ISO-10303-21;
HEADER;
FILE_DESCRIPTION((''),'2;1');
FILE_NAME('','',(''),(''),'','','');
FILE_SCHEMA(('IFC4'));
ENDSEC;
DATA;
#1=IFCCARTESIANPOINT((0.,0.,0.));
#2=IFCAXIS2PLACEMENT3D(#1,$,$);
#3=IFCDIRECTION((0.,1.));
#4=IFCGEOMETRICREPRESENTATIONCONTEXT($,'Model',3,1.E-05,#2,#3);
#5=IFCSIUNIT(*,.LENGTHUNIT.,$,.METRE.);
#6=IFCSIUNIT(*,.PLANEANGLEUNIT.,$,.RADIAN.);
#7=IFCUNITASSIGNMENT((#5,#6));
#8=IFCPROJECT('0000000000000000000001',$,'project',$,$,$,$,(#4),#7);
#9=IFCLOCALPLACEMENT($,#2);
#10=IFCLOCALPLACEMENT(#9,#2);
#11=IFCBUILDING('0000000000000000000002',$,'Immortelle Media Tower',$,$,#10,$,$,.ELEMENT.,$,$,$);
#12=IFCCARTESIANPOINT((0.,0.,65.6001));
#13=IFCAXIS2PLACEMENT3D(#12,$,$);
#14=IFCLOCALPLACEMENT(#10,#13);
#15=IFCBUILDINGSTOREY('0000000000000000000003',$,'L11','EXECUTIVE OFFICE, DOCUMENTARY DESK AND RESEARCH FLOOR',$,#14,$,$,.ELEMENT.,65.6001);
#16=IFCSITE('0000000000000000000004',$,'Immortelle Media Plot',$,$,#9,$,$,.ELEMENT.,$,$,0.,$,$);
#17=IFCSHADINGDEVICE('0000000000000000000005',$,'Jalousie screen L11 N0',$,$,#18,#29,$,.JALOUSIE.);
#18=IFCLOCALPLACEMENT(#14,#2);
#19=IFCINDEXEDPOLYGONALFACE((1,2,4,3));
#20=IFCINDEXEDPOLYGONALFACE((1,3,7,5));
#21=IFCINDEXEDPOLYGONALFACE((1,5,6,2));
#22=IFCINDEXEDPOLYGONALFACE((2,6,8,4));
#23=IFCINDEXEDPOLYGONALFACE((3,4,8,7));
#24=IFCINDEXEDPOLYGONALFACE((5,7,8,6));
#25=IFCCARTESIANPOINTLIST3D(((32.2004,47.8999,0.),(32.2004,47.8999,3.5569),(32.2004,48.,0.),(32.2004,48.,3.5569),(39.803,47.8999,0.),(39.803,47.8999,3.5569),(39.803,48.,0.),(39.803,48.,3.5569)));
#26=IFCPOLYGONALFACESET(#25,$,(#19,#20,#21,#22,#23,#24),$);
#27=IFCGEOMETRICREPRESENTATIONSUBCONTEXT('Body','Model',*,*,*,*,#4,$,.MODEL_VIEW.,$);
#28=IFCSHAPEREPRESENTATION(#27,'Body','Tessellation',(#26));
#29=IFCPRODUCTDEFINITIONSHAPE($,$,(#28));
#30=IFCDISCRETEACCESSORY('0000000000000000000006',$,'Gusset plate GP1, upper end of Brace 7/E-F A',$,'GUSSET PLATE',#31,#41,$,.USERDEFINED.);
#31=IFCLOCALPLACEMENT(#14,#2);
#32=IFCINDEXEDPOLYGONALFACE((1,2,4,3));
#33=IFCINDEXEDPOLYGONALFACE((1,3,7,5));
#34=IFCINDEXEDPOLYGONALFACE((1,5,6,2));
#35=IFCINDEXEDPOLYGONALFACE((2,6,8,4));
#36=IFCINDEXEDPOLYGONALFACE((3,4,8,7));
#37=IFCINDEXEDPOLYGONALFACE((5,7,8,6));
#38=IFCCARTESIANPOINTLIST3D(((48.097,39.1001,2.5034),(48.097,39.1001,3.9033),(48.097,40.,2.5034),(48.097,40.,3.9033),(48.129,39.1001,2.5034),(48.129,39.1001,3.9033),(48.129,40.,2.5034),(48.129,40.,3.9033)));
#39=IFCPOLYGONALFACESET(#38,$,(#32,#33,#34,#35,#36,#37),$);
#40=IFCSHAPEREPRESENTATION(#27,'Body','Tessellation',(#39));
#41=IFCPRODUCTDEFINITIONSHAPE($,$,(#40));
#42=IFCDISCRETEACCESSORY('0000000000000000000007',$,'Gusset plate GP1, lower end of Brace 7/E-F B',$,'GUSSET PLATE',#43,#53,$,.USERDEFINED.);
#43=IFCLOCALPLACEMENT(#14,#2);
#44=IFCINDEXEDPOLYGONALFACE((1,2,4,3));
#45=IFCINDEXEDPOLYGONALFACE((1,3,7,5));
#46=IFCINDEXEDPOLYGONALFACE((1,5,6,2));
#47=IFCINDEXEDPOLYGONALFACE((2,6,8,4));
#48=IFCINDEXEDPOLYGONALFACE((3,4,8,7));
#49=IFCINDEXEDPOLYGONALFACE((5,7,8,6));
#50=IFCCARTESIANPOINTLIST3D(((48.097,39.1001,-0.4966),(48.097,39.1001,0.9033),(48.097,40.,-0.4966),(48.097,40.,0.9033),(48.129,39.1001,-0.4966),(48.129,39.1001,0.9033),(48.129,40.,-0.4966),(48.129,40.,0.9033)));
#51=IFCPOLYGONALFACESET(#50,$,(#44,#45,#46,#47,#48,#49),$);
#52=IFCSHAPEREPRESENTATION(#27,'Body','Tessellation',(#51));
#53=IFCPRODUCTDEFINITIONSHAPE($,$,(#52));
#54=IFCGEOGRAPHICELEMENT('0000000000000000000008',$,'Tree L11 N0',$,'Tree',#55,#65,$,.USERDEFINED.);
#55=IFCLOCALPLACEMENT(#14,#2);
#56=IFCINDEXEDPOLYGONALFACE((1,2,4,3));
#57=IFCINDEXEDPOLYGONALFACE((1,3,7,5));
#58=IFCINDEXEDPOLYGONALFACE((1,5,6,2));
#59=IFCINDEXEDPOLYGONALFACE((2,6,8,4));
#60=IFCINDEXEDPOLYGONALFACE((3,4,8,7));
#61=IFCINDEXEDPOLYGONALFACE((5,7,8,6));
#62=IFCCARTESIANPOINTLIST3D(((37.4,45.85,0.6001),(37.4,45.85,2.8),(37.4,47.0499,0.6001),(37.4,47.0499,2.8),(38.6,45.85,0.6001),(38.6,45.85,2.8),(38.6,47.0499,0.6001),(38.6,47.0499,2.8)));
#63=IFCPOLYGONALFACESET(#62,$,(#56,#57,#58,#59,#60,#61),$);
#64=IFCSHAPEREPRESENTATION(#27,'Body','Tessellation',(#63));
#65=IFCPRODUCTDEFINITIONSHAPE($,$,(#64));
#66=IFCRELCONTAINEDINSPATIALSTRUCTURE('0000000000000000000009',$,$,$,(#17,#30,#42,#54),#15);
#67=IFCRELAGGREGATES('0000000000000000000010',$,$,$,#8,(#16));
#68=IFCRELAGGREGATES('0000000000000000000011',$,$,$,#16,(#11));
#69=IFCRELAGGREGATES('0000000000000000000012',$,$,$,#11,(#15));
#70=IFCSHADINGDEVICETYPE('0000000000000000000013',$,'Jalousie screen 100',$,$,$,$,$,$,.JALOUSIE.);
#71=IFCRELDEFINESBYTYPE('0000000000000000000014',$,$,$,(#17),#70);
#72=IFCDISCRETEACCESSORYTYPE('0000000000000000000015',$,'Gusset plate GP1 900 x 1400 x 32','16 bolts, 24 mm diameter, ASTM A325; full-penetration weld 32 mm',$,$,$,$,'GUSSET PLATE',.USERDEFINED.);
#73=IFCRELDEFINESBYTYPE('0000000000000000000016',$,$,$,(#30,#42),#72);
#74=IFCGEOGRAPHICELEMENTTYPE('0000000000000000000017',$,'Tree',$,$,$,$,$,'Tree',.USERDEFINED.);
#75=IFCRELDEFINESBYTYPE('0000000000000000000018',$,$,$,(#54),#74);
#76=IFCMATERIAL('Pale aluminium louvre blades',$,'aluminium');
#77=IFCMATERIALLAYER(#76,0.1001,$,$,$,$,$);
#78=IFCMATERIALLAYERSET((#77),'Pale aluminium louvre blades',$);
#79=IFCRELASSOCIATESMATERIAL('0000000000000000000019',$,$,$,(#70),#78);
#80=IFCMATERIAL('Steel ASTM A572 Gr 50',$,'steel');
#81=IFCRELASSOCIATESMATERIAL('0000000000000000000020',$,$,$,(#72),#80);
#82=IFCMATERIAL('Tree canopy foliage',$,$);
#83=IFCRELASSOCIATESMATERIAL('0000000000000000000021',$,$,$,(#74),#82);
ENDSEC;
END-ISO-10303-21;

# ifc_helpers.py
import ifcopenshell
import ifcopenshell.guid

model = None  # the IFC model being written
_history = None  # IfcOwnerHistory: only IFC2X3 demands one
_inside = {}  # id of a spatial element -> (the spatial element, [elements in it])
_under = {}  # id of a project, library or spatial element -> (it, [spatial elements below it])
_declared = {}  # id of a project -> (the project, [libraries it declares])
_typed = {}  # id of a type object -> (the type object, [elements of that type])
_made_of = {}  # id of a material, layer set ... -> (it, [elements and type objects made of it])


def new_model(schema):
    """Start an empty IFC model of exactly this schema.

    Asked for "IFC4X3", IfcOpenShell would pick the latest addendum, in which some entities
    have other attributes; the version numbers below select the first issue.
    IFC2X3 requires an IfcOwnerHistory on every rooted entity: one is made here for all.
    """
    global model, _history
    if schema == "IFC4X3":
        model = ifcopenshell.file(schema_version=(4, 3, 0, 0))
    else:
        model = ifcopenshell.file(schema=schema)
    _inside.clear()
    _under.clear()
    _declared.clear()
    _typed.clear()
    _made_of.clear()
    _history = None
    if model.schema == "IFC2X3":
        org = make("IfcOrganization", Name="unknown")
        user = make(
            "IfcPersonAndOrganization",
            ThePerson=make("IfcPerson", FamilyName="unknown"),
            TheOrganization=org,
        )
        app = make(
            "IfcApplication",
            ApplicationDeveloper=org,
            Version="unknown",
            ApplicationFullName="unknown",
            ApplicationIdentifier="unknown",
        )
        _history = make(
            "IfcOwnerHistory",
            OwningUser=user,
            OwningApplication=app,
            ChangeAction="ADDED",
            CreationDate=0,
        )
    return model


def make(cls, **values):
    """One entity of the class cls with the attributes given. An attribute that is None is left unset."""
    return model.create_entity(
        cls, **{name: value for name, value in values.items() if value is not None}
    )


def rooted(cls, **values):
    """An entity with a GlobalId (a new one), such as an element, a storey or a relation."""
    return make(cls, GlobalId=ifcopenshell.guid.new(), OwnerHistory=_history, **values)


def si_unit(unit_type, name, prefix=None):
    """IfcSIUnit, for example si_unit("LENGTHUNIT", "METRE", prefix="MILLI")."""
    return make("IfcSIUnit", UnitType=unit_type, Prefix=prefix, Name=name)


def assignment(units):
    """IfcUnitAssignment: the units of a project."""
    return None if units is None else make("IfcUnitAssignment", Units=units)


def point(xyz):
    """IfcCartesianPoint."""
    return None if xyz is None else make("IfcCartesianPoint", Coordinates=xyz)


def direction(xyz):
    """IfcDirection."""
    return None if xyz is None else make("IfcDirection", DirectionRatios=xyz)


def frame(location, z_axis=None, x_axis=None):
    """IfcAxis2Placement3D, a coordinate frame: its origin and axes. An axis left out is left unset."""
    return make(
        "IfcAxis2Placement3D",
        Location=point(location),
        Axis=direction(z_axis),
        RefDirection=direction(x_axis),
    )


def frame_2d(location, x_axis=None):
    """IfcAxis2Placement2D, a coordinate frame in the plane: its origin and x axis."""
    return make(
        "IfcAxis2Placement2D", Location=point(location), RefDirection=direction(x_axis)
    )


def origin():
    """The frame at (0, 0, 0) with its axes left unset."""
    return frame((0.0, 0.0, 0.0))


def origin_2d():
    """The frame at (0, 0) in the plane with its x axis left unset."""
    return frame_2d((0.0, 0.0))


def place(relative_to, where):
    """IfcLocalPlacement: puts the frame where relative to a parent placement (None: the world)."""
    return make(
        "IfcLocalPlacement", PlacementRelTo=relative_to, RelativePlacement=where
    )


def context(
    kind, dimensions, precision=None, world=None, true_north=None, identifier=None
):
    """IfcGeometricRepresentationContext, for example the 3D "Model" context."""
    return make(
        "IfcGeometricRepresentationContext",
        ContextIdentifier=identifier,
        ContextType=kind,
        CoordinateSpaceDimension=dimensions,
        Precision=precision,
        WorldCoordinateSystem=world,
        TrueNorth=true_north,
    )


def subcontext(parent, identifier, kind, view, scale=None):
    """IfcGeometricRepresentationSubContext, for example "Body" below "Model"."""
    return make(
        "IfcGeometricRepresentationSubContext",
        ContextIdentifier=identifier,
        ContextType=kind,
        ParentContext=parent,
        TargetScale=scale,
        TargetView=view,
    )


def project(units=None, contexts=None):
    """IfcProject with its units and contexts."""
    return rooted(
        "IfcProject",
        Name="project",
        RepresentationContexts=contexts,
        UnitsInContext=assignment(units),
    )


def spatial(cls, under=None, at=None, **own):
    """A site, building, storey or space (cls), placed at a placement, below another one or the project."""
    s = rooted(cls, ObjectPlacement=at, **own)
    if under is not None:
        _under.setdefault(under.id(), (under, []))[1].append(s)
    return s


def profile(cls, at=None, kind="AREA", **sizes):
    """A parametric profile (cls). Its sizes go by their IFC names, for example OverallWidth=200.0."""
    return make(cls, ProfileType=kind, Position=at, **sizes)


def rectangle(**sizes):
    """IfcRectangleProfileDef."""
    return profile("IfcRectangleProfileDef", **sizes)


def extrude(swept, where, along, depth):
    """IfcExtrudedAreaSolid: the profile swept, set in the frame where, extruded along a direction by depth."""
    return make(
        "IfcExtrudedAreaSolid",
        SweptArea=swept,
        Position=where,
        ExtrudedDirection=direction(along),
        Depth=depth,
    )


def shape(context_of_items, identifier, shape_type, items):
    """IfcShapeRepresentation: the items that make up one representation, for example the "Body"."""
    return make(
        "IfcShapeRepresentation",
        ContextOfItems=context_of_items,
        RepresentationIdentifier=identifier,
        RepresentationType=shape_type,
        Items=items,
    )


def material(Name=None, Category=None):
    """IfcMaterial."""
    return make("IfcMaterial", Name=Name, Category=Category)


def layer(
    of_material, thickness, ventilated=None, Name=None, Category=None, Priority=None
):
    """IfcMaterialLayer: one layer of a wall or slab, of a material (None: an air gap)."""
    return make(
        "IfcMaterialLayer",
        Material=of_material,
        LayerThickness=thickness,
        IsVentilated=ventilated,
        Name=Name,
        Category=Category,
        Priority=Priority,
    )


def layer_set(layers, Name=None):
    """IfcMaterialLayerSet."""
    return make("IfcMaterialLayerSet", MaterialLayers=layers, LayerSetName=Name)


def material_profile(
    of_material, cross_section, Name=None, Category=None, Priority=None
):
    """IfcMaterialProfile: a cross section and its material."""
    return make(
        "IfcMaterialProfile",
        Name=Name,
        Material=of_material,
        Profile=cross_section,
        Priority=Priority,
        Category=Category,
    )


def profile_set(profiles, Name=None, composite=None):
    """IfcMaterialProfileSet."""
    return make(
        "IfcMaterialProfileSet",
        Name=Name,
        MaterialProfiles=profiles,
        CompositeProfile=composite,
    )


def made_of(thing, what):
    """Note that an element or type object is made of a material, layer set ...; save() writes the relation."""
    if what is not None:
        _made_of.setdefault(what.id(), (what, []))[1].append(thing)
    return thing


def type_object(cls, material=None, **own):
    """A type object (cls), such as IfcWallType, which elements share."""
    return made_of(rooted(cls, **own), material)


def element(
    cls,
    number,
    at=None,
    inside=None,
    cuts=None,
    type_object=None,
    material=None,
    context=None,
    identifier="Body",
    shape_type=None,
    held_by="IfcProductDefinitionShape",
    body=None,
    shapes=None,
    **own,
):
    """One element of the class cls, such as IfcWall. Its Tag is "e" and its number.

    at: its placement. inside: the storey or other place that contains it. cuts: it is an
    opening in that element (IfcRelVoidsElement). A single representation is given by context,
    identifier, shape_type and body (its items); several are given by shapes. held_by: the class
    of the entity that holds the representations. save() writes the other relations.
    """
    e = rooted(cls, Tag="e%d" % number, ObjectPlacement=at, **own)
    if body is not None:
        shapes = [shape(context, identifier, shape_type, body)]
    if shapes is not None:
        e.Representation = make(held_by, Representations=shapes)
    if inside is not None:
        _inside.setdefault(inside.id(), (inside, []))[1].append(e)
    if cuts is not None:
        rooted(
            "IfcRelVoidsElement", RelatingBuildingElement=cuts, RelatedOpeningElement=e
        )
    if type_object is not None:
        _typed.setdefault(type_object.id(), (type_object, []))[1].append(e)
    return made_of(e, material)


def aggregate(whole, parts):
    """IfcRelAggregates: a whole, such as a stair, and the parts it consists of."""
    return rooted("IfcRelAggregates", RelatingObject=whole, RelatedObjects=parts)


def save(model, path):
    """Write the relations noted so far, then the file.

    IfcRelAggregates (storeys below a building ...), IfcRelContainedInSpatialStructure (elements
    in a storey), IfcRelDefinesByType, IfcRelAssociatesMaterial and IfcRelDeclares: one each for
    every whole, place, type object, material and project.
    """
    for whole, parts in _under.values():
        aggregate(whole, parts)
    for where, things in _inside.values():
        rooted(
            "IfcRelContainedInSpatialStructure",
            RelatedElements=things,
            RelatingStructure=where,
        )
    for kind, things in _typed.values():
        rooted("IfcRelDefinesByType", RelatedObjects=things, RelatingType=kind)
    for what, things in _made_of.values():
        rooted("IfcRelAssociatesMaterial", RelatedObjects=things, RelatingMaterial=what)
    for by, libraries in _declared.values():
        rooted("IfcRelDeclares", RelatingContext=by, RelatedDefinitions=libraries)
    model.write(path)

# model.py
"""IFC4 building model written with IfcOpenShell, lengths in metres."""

from ifc_helpers import new_model, si_unit, direction, frame, origin, origin_2d, place, context, subcontext, project, spatial, rectangle, extrude, material, layer, layer_set, material_profile, profile_set, type_object, element, save


model = new_model("IFC4")

# Units and contexts
model_context = context("Model", 3, precision=1e-05, world=origin(), true_north=direction((0.0, 1.0)))
body_context = subcontext(model_context, "Body", "Model", "MODEL_VIEW")
ifc_project = project(units=[si_unit("LENGTHUNIT", "METRE"), si_unit("PLANEANGLEUNIT", "RADIAN")], contexts=[model_context])

# Site, building, storey
site_placement = place(None, origin())
site = spatial("IfcSite", under=ifc_project, at=site_placement, Name="Immortelle Media Plot", CompositionType="ELEMENT", RefElevation=0.0)
building_placement = place(site_placement, origin())
building = spatial("IfcBuilding", under=site, at=building_placement, Name="Immortelle Media Tower", CompositionType="ELEMENT")
storey_placement = place(building_placement, frame((0.0, 0.0, 65.6001)))
storey = spatial("IfcBuildingStorey", under=building, at=storey_placement, Name="L11", Description="EXECUTIVE OFFICE, DOCUMENTARY DESK AND RESEARCH FLOOR", CompositionType="ELEMENT", Elevation=65.6001)

# Shading device
ifc_material_1 = material(Name="Pale aluminium louvre blades", Category="aluminium")
ifc_layer_1 = layer(ifc_material_1, 0.1001)
ifc_layer_set_1 = layer_set([ifc_layer_1], Name="Pale aluminium louvre blades")
shading_device_type = type_object("IfcShadingDeviceType", Name="Jalousie screen 100", PredefinedType="JALOUSIE", material=ifc_layer_set_1)
shading_device_placement = place(storey_placement, frame((36.0017, 47.95, 0.0), z_axis=(0.0, 0.0, 1.0), x_axis=(-1.0, 0.0, 0.0)))
element("IfcShadingDevice", 1, at=shading_device_placement, inside=storey, type_object=shading_device_type, Name="Jalousie screen L11 N0", PredefinedType="JALOUSIE", context=body_context, shape_type="SweptSolid", body=[
    extrude(rectangle(XDim=7.6025, YDim=0.1001, at=origin_2d()), origin(), (0.0, 0.0, 1.0), 3.5569),
])

# Discrete accessories
ifc_material_2 = material(Name="Steel ASTM A572 Gr 50", Category="steel")
ifc_material_profile_1 = material_profile(ifc_material_2, rectangle(XDim=0.032, YDim=1.3999, at=origin_2d()), Name="PL 32 x 1400")
ifc_profile_set_1 = profile_set([ifc_material_profile_1], Name="Steel ASTM A572 Gr 50")
discrete_accessory_type = type_object("IfcDiscreteAccessoryType", Name="Gusset plate GP1 900 x 1400 x 32", Description="16 bolts, 24 mm diameter, ASTM A325; full-penetration weld 32 mm", ElementType="GUSSET PLATE", PredefinedType="USERDEFINED", material=ifc_profile_set_1)
for number, where, z_axis, x_axis, name in (
    (2, (48.113, 40.0, 3.2034), (0.0, -1.0, 0.0), (1.0, 0.0, 0.0), "Gusset plate GP1, upper end of Brace 7/E-F A"),
    (3, (48.113, 40.0, 0.2034), (0.0, -1.0, 0.0), (1.0, 0.0, 0.0), "Gusset plate GP1, lower end of Brace 7/E-F B"),
):
    element("IfcDiscreteAccessory", number, at=place(storey_placement, frame(where, z_axis=z_axis, x_axis=x_axis)), inside=storey, type_object=discrete_accessory_type, Name=name, ObjectType="GUSSET PLATE", PredefinedType="USERDEFINED", context=body_context, shape_type="SweptSolid", body=[
        extrude(rectangle(XDim=0.032, YDim=1.3999, at=origin_2d()), origin(), (0.0, 0.0, 1.0), 0.8999),
    ])

# Geographic element
ifc_material_3 = material(Name="Tree canopy foliage")
geographic_element_type = type_object("IfcGeographicElementType", Name="Tree", ElementType="Tree", PredefinedType="USERDEFINED", material=ifc_material_3)
geographic_element_placement = place(storey_placement, frame((38.0, 46.45, 0.6001), z_axis=(0.0, 0.0, 1.0), x_axis=(1.0, 0.0, 0.0)))
element("IfcGeographicElement", 4, at=geographic_element_placement, inside=storey, type_object=geographic_element_type, Name="Tree L11 N0", ObjectType="Tree", PredefinedType="USERDEFINED", context=body_context, shape_type="SweptSolid", body=[
    extrude(rectangle(XDim=1.2, YDim=1.2, at=origin_2d()), origin(), (0.0, 0.0, 1.0), 2.2),
])

save(model, "model.ifc")
